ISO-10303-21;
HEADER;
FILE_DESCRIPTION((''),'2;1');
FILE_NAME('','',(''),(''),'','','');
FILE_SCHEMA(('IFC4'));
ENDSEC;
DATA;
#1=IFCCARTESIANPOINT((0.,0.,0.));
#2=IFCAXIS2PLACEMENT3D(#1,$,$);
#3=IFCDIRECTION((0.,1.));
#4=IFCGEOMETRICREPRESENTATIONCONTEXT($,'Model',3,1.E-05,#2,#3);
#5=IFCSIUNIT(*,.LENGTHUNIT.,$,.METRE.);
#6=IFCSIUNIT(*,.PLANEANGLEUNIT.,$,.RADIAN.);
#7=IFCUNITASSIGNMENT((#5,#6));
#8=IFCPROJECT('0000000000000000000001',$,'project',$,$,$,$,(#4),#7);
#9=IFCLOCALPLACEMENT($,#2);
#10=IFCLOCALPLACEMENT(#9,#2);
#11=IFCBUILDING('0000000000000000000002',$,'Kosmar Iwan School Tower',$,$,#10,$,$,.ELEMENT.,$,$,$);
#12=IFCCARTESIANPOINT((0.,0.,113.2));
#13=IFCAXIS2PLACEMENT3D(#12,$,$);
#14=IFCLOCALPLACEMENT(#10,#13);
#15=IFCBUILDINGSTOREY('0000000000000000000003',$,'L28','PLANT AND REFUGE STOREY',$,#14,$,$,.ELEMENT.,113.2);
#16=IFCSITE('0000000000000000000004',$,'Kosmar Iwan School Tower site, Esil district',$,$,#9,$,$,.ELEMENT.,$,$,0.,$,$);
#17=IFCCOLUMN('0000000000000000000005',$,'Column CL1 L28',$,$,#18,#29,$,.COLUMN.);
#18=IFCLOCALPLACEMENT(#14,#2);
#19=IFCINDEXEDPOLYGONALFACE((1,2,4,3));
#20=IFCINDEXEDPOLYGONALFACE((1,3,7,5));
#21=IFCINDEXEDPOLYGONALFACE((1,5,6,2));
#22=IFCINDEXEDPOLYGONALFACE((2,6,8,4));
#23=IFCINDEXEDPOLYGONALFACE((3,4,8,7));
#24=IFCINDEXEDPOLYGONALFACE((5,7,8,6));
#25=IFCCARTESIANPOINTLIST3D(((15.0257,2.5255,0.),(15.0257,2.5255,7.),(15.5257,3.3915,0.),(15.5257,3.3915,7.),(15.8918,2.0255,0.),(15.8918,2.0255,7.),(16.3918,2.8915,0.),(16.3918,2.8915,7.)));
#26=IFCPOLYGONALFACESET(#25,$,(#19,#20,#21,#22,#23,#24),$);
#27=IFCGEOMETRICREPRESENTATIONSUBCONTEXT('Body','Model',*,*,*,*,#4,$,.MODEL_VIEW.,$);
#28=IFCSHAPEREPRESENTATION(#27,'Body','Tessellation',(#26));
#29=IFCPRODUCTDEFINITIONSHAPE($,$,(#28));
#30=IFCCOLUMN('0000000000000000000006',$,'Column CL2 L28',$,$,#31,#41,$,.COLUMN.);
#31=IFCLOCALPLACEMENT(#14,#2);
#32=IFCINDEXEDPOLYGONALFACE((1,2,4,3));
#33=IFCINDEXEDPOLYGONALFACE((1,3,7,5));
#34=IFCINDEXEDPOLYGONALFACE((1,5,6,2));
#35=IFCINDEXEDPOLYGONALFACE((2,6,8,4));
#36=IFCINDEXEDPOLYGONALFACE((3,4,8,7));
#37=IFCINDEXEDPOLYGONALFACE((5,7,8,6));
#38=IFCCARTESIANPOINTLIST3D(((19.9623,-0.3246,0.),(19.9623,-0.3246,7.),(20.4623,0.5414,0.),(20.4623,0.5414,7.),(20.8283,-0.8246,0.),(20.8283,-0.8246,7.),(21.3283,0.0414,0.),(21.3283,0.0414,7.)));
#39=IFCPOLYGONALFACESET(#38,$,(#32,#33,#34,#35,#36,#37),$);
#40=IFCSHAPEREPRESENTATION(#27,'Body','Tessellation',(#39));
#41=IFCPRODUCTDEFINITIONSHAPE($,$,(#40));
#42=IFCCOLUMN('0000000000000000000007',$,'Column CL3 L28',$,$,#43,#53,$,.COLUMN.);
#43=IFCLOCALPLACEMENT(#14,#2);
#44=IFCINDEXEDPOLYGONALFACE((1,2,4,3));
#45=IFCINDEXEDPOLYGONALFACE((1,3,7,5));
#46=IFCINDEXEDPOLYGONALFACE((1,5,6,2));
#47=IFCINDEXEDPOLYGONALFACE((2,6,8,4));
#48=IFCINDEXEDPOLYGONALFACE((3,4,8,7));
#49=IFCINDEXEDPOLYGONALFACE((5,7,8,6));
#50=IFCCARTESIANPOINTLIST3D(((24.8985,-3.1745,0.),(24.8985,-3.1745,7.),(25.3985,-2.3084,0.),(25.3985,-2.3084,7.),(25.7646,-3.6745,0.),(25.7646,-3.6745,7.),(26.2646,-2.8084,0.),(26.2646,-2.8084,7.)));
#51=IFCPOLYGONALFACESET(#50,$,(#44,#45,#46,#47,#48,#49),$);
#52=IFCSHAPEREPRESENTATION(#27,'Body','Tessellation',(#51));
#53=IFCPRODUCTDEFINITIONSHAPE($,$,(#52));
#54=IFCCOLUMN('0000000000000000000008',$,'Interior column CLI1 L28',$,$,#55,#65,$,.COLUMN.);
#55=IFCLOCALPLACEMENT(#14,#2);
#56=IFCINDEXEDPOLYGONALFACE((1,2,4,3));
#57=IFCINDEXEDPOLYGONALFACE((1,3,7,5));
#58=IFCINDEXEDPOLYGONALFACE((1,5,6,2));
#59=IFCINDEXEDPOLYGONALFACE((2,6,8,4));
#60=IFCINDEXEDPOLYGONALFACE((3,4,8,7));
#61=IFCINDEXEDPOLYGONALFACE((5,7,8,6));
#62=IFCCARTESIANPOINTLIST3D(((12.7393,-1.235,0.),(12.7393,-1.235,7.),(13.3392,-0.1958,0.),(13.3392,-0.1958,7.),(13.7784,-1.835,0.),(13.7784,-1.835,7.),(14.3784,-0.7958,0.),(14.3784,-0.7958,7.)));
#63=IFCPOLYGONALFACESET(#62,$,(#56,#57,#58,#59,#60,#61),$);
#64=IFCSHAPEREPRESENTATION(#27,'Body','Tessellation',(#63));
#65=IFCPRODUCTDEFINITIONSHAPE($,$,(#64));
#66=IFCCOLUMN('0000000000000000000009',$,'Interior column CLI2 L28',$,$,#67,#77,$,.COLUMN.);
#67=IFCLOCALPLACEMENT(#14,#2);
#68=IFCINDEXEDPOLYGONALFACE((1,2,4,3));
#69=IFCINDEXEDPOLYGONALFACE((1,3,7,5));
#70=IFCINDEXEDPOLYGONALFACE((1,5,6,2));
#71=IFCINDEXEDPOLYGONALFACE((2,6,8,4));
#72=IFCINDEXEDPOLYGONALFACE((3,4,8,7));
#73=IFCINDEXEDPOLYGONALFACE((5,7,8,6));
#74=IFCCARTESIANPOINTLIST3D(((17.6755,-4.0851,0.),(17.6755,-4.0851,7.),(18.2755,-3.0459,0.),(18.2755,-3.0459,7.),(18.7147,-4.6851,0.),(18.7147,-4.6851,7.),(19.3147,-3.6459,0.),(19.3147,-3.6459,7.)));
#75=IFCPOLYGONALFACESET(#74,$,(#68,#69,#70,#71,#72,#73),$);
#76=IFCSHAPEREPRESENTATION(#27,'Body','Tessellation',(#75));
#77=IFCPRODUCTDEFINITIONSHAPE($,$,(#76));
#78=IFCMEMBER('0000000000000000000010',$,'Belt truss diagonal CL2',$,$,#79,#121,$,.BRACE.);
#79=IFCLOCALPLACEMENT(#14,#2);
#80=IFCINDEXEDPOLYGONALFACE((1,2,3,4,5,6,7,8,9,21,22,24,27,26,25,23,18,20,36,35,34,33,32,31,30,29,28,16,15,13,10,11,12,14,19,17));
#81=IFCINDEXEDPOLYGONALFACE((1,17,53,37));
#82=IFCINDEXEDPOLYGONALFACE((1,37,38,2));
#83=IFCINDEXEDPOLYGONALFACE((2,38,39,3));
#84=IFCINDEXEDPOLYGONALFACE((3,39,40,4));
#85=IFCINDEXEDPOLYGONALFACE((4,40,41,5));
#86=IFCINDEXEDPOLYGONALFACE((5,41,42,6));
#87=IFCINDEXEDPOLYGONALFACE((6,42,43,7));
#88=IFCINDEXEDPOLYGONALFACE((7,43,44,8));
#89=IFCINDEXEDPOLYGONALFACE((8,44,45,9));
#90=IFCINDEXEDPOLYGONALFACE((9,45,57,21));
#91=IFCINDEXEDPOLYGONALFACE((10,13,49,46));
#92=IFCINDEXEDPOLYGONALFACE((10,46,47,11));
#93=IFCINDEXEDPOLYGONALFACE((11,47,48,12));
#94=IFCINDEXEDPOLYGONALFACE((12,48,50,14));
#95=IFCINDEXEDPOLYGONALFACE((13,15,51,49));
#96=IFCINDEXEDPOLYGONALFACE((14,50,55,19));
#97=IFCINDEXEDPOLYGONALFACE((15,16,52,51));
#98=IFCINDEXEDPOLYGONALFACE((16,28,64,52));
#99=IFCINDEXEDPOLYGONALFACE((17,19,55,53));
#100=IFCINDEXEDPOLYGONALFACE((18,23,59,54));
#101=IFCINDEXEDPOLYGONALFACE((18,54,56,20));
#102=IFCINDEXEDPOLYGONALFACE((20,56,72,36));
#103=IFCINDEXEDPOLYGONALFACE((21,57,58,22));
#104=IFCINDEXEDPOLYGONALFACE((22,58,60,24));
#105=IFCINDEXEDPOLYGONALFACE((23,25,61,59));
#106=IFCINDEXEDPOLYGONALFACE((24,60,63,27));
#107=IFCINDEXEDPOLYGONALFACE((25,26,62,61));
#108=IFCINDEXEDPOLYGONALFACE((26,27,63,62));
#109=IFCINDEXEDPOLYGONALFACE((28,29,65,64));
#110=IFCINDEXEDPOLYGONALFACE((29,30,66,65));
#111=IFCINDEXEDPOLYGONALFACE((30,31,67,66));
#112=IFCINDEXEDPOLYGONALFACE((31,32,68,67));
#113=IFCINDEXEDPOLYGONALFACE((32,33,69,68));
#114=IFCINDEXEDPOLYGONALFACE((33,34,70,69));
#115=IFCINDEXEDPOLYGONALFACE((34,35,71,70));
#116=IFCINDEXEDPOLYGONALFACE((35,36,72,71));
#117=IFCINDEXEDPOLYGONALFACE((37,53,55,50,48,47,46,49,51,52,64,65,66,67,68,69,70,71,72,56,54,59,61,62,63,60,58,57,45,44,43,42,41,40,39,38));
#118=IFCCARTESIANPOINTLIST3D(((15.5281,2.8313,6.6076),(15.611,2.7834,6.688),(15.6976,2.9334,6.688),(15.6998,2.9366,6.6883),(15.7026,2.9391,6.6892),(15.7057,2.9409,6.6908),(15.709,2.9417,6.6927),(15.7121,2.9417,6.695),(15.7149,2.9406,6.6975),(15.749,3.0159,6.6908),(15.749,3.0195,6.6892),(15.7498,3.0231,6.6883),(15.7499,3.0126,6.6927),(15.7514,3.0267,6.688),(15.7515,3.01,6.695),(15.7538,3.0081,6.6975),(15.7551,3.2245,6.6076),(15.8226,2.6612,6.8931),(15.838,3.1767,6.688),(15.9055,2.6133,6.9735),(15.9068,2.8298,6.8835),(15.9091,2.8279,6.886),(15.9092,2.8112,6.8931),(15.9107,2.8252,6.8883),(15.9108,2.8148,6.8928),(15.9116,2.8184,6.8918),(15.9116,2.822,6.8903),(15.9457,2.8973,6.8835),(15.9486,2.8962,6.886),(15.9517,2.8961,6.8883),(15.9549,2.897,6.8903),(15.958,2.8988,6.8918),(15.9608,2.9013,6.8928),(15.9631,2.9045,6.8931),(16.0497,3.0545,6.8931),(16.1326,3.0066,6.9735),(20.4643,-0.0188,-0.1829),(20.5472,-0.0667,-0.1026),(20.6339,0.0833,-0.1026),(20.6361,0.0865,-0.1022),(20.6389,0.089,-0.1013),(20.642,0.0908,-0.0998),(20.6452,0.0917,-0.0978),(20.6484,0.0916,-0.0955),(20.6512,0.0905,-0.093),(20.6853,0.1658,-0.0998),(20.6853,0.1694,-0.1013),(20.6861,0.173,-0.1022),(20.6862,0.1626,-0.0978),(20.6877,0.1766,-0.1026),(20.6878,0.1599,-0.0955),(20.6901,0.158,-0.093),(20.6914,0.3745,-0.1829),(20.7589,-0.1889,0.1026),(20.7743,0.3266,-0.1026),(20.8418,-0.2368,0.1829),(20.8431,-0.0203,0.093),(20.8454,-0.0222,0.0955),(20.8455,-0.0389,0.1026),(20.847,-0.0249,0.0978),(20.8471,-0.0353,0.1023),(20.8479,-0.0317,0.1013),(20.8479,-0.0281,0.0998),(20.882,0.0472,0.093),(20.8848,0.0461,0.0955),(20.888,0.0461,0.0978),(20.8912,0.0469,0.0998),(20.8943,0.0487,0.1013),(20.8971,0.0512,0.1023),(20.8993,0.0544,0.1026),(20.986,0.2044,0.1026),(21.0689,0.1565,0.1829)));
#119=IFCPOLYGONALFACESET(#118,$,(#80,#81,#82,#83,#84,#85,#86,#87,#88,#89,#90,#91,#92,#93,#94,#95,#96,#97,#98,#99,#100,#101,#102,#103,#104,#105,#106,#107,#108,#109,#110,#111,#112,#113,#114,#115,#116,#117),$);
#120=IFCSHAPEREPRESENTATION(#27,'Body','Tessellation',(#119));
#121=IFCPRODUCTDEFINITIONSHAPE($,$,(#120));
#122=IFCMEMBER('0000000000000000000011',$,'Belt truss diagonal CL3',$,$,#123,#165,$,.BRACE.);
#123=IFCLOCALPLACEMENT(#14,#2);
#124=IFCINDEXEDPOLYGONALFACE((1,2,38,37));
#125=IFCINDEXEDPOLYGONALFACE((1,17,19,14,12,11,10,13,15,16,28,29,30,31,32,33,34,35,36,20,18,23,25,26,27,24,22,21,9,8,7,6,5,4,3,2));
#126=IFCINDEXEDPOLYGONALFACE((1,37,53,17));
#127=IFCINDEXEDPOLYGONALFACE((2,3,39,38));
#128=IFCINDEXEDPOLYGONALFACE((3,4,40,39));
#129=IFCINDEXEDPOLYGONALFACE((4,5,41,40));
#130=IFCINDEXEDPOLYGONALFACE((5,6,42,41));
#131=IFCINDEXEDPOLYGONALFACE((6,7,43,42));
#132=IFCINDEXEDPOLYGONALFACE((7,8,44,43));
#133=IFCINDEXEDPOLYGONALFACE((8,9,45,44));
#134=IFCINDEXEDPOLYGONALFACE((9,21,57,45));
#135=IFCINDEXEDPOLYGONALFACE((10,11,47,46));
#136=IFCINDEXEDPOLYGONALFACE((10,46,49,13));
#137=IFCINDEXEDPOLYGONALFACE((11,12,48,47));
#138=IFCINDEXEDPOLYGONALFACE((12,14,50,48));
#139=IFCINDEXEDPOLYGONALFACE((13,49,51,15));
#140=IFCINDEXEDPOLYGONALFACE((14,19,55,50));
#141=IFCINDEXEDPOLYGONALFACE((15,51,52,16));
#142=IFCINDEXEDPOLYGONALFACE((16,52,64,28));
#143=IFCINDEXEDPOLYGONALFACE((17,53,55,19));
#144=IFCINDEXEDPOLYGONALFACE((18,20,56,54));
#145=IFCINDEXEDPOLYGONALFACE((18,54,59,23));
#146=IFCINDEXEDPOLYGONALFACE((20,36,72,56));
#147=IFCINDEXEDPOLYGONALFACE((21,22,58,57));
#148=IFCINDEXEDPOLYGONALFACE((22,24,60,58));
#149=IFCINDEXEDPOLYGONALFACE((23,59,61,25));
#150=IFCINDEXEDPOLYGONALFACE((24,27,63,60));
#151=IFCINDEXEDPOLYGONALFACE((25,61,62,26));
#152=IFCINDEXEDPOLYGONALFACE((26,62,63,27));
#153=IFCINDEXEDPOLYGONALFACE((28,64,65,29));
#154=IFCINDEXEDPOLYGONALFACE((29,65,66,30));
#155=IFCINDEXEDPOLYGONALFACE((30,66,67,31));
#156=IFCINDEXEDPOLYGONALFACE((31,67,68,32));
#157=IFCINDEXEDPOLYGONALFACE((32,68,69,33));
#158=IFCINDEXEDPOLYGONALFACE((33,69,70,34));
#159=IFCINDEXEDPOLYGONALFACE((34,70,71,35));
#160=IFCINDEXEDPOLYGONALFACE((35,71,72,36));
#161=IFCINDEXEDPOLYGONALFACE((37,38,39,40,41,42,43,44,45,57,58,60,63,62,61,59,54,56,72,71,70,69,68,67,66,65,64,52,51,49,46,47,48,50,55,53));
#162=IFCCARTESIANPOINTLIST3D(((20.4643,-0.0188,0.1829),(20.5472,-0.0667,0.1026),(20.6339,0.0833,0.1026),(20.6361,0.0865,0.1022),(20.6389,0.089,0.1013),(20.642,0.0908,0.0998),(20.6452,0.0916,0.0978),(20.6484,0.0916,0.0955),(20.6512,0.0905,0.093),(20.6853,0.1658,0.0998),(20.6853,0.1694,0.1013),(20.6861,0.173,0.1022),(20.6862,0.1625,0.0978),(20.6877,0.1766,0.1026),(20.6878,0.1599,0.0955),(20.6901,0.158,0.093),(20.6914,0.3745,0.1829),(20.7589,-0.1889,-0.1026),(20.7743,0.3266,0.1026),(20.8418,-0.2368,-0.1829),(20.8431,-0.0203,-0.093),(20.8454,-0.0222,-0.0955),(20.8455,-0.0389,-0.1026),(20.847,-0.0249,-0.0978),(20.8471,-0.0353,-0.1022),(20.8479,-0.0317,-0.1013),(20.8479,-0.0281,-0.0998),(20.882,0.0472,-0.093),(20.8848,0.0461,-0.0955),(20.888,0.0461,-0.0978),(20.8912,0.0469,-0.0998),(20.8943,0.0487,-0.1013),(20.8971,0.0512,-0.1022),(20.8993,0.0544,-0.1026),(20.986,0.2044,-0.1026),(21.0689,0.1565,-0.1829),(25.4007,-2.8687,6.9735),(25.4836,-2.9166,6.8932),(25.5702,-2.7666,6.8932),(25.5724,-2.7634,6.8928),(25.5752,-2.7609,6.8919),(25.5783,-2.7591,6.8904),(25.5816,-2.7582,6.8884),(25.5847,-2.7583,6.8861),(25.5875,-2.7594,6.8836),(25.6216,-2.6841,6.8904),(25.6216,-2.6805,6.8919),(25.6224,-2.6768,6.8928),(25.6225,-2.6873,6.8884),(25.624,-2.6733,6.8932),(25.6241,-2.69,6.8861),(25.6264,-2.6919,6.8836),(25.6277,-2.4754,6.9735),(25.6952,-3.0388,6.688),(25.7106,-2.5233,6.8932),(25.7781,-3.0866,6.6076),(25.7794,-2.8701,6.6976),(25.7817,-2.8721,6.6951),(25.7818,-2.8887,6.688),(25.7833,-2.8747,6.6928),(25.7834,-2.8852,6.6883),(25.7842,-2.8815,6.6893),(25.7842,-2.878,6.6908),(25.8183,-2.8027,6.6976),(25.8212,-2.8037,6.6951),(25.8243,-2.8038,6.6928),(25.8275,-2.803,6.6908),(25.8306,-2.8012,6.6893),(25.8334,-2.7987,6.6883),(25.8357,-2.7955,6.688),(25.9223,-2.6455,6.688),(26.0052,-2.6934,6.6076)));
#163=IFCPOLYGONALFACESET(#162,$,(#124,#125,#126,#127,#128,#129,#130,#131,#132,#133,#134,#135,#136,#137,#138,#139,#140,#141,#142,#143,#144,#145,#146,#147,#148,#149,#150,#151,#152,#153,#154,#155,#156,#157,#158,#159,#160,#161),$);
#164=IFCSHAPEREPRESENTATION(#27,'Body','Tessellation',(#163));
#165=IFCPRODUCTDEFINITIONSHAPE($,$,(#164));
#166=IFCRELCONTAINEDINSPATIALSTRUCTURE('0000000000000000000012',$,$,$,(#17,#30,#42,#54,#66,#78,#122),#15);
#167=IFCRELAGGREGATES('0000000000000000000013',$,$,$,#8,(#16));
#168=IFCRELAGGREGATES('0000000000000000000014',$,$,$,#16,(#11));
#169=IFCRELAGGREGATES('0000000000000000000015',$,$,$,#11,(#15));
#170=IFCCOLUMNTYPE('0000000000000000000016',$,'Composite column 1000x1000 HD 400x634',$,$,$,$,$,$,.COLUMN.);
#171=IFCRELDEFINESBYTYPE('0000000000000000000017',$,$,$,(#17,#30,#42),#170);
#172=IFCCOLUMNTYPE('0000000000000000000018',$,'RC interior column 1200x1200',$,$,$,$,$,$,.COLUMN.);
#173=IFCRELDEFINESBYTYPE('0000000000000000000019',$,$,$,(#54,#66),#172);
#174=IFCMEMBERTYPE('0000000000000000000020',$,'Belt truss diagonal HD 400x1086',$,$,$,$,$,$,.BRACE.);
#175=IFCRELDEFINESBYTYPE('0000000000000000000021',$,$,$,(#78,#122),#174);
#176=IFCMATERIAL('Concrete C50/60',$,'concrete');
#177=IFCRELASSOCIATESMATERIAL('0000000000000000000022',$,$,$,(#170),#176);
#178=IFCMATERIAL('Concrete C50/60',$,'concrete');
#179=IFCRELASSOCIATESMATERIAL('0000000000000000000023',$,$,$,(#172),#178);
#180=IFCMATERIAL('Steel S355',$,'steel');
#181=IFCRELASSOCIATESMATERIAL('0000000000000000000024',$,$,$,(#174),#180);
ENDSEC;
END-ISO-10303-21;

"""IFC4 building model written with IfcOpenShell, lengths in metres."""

from ifc_helpers import new_model, si_unit, direction, frame, origin, origin_2d, place, context, subcontext, project, spatial, rectangle, i_section, extrude, material, material_profile, profile_set, type_object, element, save


model = new_model("IFC4")

# Units and contexts
model_context = context("Model", 3, precision=1e-05, world=origin(), true_north=direction((0.0, 1.0)))
body_context = subcontext(model_context, "Body", "Model", "MODEL_VIEW")
ifc_project = project(units=[si_unit("LENGTHUNIT", "METRE"), si_unit("PLANEANGLEUNIT", "RADIAN")], contexts=[model_context])

# Site, building, storey
site_placement = place(None, origin())
site = spatial("IfcSite", under=ifc_project, at=site_placement, Name="Kosmar Iwan School Tower site, Esil district", CompositionType="ELEMENT", RefElevation=0.0)
building_placement = place(site_placement, origin())
building = spatial("IfcBuilding", under=site, at=building_placement, Name="Kosmar Iwan School Tower", CompositionType="ELEMENT")
storey_placement = place(building_placement, frame((0.0, 0.0, 113.2)))
storey = spatial("IfcBuildingStorey", under=building, at=storey_placement, Name="L28", Description="PLANT AND REFUGE STOREY", CompositionType="ELEMENT", Elevation=113.2)

# Columns
ifc_material_1 = material(Name="Concrete C50/60", Category="concrete")
ifc_material_profile_1 = material_profile(ifc_material_1, rectangle(XDim=1.0, YDim=1.0, at=origin_2d()), Name="RC 1000x1000 + HD 400x634")
ifc_profile_set_1 = profile_set([ifc_material_profile_1], Name="Concrete C50/60")
column_type_1 = type_object("IfcColumnType", Name="Composite column 1000x1000 HD 400x634", PredefinedType="COLUMN", material=ifc_profile_set_1)
for number, where, z_axis, x_axis, name in (
    (1, (15.7087, 2.7085, 0.0), (0.0, 0.0, 1.0), (0.866025, -0.5, 0.0), "Column CL1 L28"),
    (2, (20.6453, -0.1416, 0.0), (0.0, 0.0, 1.0), (0.866025, -0.5, 0.0), "Column CL2 L28"),
    (3, (25.5815, -2.9915, 0.0), (0.0, 0.0, 1.0), (0.866025, -0.5, 0.0), "Column CL3 L28"),
):
    element("IfcColumn", number, at=place(storey_placement, frame(where, z_axis=z_axis, x_axis=x_axis)), inside=storey, type_object=column_type_1, Name=name, PredefinedType="COLUMN", context=body_context, shape_type="SweptSolid", body=[
        extrude(rectangle(XDim=1.0, YDim=1.0, at=origin_2d()), origin(), (0.0, 0.0, 1.0), 7.0),
    ])
ifc_material_2 = material(Name="Concrete C50/60", Category="concrete")
ifc_material_profile_2 = material_profile(ifc_material_2, rectangle(XDim=1.2, YDim=1.2, at=origin_2d()), Name="RC 1200x1200")
ifc_profile_set_2 = profile_set([ifc_material_profile_2], Name="Concrete C50/60")
column_type_2 = type_object("IfcColumnType", Name="RC interior column 1200x1200", PredefinedType="COLUMN", material=ifc_profile_set_2)
for number, where, z_axis, x_axis, name in (
    (4, (13.5588, -1.0154, 0.0), (0.0, 0.0, 1.0), (0.866025, -0.5, 0.0), "Interior column CLI1 L28"),
    (5, (18.4951, -3.8655, 0.0), (0.0, 0.0, 1.0), (0.866025, -0.5, 0.0), "Interior column CLI2 L28"),
):
    element("IfcColumn", number, at=place(storey_placement, frame(where, z_axis=z_axis, x_axis=x_axis)), inside=storey, type_object=column_type_2, Name=name, PredefinedType="COLUMN", context=body_context, shape_type="SweptSolid", body=[
        extrude(rectangle(XDim=1.2, YDim=1.2, at=origin_2d()), origin(), (0.0, 0.0, 1.0), 7.0),
    ])

# Members
ifc_material_3 = material(Name="Steel S355", Category="steel")
ifc_material_profile_3 = material_profile(ifc_material_3, i_section(OverallWidth=0.4541, OverallDepth=0.5691, WebThickness=0.0779, FlangeThickness=0.125, FilletRadius=0.0149, at=origin_2d()), Name="HD 400x1086")
ifc_profile_set_3 = profile_set([ifc_material_profile_3], Name="Steel S355")
member_type = type_object("IfcMemberType", Name="Belt truss diagonal HD 400x1086", PredefinedType="BRACE", material=ifc_profile_set_3)
for number, where, z_axis, x_axis, name in (
    (6, (15.8303, 2.9189, 6.7905), (0.556782, -0.321474, -0.76593), (0.500018, 0.866015, 0.0), "Belt truss diagonal CL2"),
    (7, (20.7666, 0.0688, 0.0), (0.556787, -0.321449, 0.765937), (0.499986, 0.866034, 0.0), "Belt truss diagonal CL3"),
):
    element("IfcMember", number, at=place(storey_placement, frame(where, z_axis=z_axis, x_axis=x_axis)), inside=storey, type_object=member_type, Name=name, PredefinedType="BRACE", context=body_context, shape_type="SweptSolid", body=[
        extrude(i_section(OverallWidth=0.4541, OverallDepth=0.5691, WebThickness=0.0779, FlangeThickness=0.125, FilletRadius=0.0149, at=origin_2d()), origin(), (0.0, 0.0, 1.0), 8.8657),
    ])

save(model, "model.ifc")
